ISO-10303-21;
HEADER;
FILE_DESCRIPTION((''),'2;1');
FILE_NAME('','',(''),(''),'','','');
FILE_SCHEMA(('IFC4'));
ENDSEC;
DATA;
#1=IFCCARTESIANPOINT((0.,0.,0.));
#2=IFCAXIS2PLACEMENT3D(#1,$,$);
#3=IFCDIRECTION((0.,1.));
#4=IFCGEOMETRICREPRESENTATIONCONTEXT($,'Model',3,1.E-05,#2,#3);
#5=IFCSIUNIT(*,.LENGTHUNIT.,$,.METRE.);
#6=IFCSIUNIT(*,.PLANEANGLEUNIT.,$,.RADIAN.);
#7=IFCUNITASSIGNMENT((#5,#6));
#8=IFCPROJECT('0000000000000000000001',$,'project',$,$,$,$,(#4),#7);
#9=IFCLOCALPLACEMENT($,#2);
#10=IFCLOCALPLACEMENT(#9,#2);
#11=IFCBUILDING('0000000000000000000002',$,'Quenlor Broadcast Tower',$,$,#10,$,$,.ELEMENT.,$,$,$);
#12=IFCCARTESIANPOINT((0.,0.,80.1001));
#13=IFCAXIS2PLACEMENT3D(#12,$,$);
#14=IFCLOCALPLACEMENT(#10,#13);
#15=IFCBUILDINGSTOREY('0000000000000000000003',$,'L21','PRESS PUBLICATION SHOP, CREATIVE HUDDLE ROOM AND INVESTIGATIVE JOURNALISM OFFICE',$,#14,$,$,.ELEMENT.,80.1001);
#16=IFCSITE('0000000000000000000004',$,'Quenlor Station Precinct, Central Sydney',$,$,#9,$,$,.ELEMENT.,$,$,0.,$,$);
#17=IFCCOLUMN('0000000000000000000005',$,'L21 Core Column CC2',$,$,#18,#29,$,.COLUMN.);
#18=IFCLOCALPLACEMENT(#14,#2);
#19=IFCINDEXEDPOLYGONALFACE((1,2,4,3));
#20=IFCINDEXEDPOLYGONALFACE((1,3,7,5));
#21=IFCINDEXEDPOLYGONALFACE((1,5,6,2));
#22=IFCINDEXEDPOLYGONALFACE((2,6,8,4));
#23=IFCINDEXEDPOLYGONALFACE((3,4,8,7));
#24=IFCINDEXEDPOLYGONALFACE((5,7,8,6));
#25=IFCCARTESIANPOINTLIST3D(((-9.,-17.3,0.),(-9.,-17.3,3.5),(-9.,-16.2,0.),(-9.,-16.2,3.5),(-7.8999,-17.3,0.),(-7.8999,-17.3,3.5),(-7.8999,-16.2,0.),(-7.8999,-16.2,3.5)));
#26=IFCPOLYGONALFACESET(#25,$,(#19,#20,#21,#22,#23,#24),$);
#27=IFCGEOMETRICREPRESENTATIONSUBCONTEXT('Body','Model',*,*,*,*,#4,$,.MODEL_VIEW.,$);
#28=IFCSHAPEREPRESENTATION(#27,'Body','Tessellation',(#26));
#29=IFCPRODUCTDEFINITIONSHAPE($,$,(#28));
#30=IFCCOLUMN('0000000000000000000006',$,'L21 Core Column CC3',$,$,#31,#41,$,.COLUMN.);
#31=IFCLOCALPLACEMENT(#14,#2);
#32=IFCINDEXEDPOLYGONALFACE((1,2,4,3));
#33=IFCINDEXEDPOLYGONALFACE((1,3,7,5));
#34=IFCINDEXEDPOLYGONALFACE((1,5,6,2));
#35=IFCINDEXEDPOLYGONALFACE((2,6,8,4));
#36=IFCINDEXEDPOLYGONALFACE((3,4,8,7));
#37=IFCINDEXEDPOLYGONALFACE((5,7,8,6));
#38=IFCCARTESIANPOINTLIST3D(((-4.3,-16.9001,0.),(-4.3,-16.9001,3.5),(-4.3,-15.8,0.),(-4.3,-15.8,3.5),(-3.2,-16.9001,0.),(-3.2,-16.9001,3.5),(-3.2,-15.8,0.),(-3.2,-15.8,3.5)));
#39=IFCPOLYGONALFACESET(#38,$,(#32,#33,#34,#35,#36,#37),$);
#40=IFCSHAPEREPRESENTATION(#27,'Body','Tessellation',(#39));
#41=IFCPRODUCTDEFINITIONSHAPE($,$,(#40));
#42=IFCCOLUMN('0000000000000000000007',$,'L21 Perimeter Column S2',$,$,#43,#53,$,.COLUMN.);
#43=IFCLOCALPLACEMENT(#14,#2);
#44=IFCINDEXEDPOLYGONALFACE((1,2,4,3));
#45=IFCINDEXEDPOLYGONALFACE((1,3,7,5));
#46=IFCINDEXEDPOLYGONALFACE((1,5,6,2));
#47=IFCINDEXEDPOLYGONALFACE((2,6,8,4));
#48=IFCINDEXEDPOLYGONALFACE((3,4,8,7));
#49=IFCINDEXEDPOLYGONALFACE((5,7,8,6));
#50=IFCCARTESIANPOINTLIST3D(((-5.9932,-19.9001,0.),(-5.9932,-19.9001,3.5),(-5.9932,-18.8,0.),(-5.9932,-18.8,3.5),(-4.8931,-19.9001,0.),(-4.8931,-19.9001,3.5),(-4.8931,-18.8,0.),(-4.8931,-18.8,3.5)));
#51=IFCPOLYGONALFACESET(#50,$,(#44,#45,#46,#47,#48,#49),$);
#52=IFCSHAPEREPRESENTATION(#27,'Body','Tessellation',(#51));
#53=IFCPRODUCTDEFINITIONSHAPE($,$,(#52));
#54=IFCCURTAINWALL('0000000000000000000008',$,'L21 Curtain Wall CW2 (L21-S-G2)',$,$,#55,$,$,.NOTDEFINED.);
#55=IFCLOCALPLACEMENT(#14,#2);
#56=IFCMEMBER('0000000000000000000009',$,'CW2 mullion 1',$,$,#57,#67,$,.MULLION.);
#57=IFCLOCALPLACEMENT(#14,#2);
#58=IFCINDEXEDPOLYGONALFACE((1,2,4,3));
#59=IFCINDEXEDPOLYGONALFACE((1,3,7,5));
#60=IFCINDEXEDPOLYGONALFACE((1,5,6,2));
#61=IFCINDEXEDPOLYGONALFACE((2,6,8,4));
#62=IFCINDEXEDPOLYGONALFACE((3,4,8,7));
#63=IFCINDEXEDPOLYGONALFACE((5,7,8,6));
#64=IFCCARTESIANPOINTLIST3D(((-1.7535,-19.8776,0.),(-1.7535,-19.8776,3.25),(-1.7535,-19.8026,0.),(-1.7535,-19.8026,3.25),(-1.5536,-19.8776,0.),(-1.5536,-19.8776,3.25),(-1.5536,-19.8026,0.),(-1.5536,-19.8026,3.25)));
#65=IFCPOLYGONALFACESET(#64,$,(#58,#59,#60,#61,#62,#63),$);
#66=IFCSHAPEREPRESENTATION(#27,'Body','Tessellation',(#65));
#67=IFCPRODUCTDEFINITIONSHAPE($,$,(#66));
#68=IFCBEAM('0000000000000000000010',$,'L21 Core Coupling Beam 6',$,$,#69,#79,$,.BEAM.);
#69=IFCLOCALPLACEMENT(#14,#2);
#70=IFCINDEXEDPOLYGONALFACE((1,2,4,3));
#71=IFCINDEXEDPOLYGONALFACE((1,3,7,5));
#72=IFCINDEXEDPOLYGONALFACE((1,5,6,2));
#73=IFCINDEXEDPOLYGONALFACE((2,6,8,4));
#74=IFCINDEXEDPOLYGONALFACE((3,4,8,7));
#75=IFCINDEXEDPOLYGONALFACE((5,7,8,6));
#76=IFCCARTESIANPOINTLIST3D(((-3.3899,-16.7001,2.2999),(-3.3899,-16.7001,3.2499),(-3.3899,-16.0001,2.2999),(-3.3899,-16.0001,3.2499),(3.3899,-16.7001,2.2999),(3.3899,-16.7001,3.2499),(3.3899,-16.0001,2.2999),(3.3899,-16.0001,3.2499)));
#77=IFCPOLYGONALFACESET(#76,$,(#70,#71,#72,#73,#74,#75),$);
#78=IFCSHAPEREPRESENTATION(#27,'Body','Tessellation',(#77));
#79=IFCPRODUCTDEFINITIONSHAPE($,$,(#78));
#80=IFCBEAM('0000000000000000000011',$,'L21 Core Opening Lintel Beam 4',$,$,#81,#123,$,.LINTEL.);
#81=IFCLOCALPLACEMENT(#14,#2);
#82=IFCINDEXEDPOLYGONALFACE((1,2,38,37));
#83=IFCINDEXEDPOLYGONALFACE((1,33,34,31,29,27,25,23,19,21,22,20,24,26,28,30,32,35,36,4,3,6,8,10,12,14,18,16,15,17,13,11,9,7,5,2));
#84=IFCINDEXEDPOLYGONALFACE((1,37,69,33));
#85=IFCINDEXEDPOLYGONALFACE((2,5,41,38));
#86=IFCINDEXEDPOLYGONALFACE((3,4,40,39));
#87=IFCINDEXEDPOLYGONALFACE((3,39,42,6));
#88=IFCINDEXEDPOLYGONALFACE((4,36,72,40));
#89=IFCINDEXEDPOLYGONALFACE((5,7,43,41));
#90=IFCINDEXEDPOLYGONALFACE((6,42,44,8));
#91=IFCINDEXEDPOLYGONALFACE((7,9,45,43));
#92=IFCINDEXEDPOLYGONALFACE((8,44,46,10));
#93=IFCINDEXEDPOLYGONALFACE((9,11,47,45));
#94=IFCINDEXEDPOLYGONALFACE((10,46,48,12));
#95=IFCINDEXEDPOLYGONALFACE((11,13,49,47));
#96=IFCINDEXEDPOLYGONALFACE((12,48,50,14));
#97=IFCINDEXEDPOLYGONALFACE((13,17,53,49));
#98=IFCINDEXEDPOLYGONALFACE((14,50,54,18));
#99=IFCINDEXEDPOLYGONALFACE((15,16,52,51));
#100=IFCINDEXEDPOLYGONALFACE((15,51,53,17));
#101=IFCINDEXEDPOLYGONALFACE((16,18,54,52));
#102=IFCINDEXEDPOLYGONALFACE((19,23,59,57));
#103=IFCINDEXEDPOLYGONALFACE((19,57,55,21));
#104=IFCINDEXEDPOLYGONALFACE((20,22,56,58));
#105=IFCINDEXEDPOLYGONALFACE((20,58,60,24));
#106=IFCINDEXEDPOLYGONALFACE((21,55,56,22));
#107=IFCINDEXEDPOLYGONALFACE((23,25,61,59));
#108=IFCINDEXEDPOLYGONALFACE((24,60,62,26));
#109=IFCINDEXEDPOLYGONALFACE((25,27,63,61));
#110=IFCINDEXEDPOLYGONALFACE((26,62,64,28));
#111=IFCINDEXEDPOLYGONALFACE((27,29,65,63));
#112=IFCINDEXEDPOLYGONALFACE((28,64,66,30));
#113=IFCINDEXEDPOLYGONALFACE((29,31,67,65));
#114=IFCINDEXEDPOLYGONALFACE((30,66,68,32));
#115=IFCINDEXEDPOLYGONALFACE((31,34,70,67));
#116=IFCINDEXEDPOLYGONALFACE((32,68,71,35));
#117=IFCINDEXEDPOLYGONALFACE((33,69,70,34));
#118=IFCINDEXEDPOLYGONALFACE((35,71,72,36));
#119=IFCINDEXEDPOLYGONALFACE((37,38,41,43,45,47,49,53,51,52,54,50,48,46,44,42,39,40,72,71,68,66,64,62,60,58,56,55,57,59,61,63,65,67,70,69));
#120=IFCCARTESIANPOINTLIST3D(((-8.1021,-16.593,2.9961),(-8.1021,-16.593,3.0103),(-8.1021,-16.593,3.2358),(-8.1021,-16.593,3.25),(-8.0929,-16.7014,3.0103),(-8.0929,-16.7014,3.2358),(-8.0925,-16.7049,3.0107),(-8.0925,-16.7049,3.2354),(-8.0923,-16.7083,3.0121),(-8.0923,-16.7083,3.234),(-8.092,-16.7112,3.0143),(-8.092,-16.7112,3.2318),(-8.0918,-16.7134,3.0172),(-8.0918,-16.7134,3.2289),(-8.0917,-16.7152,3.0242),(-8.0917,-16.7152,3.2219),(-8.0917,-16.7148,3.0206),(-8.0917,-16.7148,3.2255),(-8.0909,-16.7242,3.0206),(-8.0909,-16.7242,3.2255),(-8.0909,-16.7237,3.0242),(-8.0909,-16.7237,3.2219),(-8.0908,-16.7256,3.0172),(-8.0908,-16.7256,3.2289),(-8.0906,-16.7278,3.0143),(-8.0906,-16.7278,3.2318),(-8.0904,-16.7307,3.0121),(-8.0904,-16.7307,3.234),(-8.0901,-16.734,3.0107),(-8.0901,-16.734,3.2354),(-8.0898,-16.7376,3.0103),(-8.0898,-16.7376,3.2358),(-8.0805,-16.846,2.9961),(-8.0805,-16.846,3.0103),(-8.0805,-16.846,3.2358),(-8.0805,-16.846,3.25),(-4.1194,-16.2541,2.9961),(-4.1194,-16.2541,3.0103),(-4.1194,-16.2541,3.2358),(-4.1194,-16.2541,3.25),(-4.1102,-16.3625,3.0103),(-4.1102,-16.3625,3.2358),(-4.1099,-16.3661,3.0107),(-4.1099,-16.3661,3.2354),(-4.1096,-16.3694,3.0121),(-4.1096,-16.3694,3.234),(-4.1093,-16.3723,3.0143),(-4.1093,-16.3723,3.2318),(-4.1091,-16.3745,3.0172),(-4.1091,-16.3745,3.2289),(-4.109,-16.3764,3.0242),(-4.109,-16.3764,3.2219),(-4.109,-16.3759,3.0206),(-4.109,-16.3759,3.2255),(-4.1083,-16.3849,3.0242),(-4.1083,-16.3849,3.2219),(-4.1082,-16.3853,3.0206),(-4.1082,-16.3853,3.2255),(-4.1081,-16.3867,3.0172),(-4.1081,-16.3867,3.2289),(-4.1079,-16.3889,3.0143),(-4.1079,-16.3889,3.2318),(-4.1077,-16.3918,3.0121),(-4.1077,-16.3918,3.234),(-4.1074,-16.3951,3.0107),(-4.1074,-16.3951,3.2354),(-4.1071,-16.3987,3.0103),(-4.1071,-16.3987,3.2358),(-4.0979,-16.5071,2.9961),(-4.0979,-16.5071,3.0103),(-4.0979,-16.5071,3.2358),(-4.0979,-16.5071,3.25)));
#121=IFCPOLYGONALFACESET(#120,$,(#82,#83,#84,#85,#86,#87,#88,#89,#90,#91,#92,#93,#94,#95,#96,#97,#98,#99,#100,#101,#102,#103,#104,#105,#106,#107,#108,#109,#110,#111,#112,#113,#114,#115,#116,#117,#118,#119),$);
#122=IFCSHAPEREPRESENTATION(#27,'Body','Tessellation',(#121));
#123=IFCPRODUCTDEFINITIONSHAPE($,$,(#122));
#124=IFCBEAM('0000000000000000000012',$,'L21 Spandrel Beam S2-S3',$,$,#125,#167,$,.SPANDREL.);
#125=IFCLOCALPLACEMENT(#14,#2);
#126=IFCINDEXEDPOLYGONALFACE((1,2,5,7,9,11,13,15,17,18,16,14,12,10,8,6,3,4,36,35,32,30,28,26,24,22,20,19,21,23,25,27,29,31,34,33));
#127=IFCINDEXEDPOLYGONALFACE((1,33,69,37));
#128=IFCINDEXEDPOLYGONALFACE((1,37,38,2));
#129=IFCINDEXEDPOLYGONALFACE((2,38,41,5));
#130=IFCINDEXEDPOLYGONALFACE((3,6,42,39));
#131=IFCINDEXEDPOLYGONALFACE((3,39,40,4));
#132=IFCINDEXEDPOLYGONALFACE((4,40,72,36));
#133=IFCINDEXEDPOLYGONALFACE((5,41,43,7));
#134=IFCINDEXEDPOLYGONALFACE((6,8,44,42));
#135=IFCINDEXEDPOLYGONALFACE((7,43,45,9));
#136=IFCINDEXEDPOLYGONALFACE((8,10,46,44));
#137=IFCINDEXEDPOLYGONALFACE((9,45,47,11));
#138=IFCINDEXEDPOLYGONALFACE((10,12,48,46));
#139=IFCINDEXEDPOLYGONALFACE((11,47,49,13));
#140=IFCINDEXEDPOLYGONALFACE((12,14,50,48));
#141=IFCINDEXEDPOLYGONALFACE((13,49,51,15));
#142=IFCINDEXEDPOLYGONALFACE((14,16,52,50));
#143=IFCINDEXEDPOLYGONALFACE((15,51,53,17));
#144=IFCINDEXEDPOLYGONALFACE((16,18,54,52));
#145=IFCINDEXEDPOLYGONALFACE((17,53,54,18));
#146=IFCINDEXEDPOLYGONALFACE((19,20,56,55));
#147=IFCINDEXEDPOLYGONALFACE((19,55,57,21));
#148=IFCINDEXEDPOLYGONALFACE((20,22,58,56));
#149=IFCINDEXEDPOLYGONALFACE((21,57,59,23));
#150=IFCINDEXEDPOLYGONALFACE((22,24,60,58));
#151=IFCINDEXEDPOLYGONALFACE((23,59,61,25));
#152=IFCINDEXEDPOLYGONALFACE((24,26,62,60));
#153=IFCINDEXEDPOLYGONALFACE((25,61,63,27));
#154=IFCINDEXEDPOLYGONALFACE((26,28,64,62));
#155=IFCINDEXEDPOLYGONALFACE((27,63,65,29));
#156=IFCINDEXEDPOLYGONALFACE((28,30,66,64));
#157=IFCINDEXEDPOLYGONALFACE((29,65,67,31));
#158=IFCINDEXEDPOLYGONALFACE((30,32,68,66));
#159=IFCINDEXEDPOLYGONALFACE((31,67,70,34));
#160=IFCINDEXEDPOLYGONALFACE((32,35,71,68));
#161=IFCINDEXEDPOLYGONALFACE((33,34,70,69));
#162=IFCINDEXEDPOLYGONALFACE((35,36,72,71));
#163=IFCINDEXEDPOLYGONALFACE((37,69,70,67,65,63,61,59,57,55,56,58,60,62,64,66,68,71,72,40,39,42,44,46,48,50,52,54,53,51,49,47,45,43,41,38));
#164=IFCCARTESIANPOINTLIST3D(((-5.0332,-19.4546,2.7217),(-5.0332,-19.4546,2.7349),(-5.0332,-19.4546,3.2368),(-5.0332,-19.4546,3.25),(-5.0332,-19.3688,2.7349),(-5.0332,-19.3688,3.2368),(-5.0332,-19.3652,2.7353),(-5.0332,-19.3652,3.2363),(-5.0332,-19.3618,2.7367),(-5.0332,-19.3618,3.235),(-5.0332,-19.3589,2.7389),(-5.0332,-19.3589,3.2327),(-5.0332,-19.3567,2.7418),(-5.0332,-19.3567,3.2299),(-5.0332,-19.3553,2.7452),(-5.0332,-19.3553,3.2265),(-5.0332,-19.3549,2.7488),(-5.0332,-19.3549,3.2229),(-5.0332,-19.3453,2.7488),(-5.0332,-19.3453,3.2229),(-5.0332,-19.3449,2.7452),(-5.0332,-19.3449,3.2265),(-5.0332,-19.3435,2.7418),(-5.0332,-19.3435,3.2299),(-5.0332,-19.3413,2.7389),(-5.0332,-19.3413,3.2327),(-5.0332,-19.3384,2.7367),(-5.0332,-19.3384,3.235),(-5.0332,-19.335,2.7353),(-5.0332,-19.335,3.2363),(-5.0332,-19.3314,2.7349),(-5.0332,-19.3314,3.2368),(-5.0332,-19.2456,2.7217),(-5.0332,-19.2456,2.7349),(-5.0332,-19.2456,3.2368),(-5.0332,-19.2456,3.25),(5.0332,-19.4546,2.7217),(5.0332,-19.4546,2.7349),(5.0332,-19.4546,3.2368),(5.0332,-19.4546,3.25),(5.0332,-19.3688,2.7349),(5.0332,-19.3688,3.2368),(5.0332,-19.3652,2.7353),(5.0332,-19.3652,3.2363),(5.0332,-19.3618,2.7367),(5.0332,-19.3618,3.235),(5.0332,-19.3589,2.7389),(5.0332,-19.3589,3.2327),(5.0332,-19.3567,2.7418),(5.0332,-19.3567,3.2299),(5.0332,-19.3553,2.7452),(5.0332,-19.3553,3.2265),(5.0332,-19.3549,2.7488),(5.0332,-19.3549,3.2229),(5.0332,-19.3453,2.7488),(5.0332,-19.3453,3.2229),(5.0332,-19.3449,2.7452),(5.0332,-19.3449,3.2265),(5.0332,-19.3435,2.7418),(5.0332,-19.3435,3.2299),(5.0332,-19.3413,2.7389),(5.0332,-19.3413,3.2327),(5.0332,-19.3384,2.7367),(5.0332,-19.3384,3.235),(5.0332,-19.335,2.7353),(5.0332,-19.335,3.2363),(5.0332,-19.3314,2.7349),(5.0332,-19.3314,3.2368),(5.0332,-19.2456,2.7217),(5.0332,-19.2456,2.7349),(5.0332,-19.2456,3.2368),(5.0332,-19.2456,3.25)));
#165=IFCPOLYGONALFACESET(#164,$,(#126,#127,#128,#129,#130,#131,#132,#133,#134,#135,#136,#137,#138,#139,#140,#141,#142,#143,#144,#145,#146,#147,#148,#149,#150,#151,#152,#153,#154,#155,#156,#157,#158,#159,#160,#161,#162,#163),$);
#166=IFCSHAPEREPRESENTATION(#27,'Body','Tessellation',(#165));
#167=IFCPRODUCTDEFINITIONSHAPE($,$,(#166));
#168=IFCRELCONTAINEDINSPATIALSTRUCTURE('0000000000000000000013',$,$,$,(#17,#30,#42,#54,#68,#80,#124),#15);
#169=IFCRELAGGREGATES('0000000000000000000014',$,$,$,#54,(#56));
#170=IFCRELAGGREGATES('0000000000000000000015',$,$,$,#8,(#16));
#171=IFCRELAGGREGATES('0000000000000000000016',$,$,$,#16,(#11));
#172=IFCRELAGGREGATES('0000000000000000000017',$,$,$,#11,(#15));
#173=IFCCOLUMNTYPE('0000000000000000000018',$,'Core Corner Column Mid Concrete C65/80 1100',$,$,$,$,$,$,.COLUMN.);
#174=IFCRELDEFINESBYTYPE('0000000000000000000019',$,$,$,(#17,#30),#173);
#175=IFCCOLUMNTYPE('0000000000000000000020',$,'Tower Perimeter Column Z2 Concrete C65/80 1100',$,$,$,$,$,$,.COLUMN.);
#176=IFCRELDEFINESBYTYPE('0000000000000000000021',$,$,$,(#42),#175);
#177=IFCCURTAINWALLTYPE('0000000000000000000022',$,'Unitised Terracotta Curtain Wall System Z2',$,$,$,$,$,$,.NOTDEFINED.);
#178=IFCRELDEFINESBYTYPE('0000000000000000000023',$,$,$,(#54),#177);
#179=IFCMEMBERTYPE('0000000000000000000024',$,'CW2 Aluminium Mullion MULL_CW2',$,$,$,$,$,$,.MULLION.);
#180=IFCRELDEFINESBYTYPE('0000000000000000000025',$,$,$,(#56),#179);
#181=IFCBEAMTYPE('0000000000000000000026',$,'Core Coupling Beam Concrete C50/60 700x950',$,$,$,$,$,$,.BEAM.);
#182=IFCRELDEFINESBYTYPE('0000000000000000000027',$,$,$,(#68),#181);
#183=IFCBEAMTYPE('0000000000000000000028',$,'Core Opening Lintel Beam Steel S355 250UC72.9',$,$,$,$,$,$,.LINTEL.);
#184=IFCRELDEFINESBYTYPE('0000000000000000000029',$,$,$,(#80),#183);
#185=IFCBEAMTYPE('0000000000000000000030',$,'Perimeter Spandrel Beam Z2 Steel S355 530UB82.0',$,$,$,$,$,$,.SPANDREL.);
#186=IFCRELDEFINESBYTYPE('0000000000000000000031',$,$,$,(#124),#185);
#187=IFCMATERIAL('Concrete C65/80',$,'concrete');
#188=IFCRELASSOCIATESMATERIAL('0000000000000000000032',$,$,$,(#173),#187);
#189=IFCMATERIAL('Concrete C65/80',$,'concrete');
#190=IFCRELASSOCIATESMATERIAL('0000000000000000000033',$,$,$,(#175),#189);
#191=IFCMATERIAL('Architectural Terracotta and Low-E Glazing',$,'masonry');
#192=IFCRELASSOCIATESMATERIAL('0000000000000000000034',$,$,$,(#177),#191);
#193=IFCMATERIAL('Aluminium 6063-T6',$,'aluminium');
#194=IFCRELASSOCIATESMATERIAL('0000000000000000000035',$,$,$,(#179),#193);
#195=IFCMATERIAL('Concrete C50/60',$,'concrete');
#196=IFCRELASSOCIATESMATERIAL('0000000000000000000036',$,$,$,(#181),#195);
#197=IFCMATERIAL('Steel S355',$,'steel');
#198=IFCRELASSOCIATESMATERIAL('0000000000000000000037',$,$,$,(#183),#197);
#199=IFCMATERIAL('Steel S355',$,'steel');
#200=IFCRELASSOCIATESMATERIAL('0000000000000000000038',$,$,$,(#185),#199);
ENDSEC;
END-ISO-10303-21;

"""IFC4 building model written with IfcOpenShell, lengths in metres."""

from ifc_helpers import new_model, si_unit, direction, frame, origin, origin_2d, place, context, subcontext, project, spatial, rectangle, i_section, extrude, material, material_profile, profile_set, type_object, element, aggregate, save


model = new_model("IFC4")

# Units and contexts
model_context = context("Model", 3, precision=1e-05, world=origin(), true_north=direction((0.0, 1.0)))
body_context = subcontext(model_context, "Body", "Model", "MODEL_VIEW")
ifc_project = project(units=[si_unit("LENGTHUNIT", "METRE"), si_unit("PLANEANGLEUNIT", "RADIAN")], contexts=[model_context])

# Site, building, storey
site_placement = place(None, origin())
site = spatial("IfcSite", under=ifc_project, at=site_placement, Name="Quenlor Station Precinct, Central Sydney", CompositionType="ELEMENT", RefElevation=0.0)
building_placement = place(site_placement, origin())
building = spatial("IfcBuilding", under=site, at=building_placement, Name="Quenlor Broadcast Tower", CompositionType="ELEMENT")
storey_placement = place(building_placement, frame((0.0, 0.0, 80.1001)))
storey = spatial("IfcBuildingStorey", under=building, at=storey_placement, Name="L21", Description="PRESS PUBLICATION SHOP, CREATIVE HUDDLE ROOM AND INVESTIGATIVE JOURNALISM OFFICE", CompositionType="ELEMENT", Elevation=80.1001)

# Columns
ifc_material_1 = material(Name="Concrete C65/80", Category="concrete")
ifc_material_profile_1 = material_profile(ifc_material_1, rectangle(XDim=1.1001, YDim=1.1001, at=origin_2d()))
ifc_profile_set_1 = profile_set([ifc_material_profile_1], Name="Concrete C65/80 RC1100x1100")
column_type_1 = type_object("IfcColumnType", Name="Core Corner Column Mid Concrete C65/80 1100", PredefinedType="COLUMN", material=ifc_profile_set_1)
for number, where, z_axis, x_axis, name in (
    (1, (-8.45, -16.75, 0.0), (0.0, 0.0, 1.0), (1.0, 0.0, 0.0), "L21 Core Column CC2"),
    (2, (-3.75, -16.3501, 0.0), (0.0, 0.0, 1.0), (1.0, 0.0, 0.0), "L21 Core Column CC3"),
):
    element("IfcColumn", number, at=place(storey_placement, frame(where, z_axis=z_axis, x_axis=x_axis)), inside=storey, type_object=column_type_1, Name=name, PredefinedType="COLUMN", context=body_context, shape_type="SweptSolid", body=[
        extrude(rectangle(XDim=1.1001, YDim=1.1001, at=origin_2d()), origin(), (0.0, 0.0, 1.0), 3.5),
    ])
ifc_material_2 = material(Name="Concrete C65/80", Category="concrete")
ifc_material_profile_2 = material_profile(ifc_material_2, rectangle(XDim=1.1001, YDim=1.1001, at=origin_2d()))
ifc_profile_set_2 = profile_set([ifc_material_profile_2], Name="Concrete C65/80 RC1100x1100")
column_type_2 = type_object("IfcColumnType", Name="Tower Perimeter Column Z2 Concrete C65/80 1100", PredefinedType="COLUMN", material=ifc_profile_set_2)
column_placement = place(storey_placement, frame((-5.4431, -19.3501, 0.0), z_axis=(0.0, 0.0, 1.0), x_axis=(0.0, 1.0, 0.0)))
element("IfcColumn", 3, at=column_placement, inside=storey, type_object=column_type_2, Name="L21 Perimeter Column S2", PredefinedType="COLUMN", context=body_context, shape_type="SweptSolid", body=[
    extrude(rectangle(XDim=1.1001, YDim=1.1001, at=origin_2d()), origin(), (0.0, 0.0, 1.0), 3.5),
])

# Curtain wall, member
ifc_material_3 = material(Name="Architectural Terracotta and Low-E Glazing", Category="masonry")
curtain_wall_type = type_object("IfcCurtainWallType", Name="Unitised Terracotta Curtain Wall System Z2", PredefinedType="NOTDEFINED", material=ifc_material_3)
curtain_wall_placement = place(storey_placement, origin())
curtain_wall = element("IfcCurtainWall", 4, at=curtain_wall_placement, inside=storey, type_object=curtain_wall_type, Name="L21 Curtain Wall CW2 (L21-S-G2)", PredefinedType="NOTDEFINED")
ifc_material_4 = material(Name="Aluminium 6063-T6", Category="aluminium")
ifc_material_profile_3 = material_profile(ifc_material_4, rectangle(XDim=0.075, YDim=0.2, at=origin_2d()))
ifc_profile_set_3 = profile_set([ifc_material_profile_3], Name="Aluminium 6063-T6 MULL75x200")
member_type = type_object("IfcMemberType", Name="CW2 Aluminium Mullion MULL_CW2", PredefinedType="MULLION", material=ifc_profile_set_3)
member_placement = place(storey_placement, frame((-1.6536, -19.8401, 0.0), z_axis=(0.0, 0.0, 1.0), x_axis=(0.0, -1.0, 0.0)))
member = element("IfcMember", 5, at=member_placement, type_object=member_type, Name="CW2 mullion 1", PredefinedType="MULLION", context=body_context, shape_type="SweptSolid", body=[
    extrude(rectangle(XDim=0.075, YDim=0.2, at=origin_2d()), origin(), (0.0, 0.0, 1.0), 3.25),
])
aggregate(curtain_wall, [member])

# Beams
ifc_material_5 = material(Name="Concrete C50/60", Category="concrete")
ifc_material_profile_4 = material_profile(ifc_material_5, rectangle(XDim=0.7, YDim=0.95, at=origin_2d()))
ifc_profile_set_4 = profile_set([ifc_material_profile_4], Name="Concrete C50/60 RCB700x950")
beam_type_1 = type_object("IfcBeamType", Name="Core Coupling Beam Concrete C50/60 700x950", PredefinedType="BEAM", material=ifc_profile_set_4)
beam_1_placement = place(storey_placement, frame((-3.3899, -16.3501, 2.7749), z_axis=(1.0, 0.0, 0.0), x_axis=(0.0, 1.0, 0.0)))
element("IfcBeam", 6, at=beam_1_placement, inside=storey, type_object=beam_type_1, Name="L21 Core Coupling Beam 6", PredefinedType="BEAM", context=body_context, shape_type="SweptSolid", body=[
    extrude(rectangle(XDim=0.7, YDim=0.95, at=origin_2d()), origin(), (0.0, 0.0, 1.0), 6.7798),
])
ifc_material_6 = material(Name="Steel S355", Category="steel")
ifc_material_profile_5 = material_profile(ifc_material_6, i_section(OverallWidth=0.2539, OverallDepth=0.2539, WebThickness=0.0085, FlangeThickness=0.0142, FilletRadius=0.0139, at=origin_2d()))
ifc_profile_set_5 = profile_set([ifc_material_profile_5], Name="Steel S355 250UC72.9")
beam_type_2 = type_object("IfcBeamType", Name="Core Opening Lintel Beam Steel S355 250UC72.9", PredefinedType="LINTEL", material=ifc_profile_set_5)
beam_2_placement = place(storey_placement, frame((-8.0913, -16.7195, 3.123), z_axis=(0.9964, 0.084779, 0.0), x_axis=(-0.084779, 0.9964, 0.0)))
element("IfcBeam", 7, at=beam_2_placement, inside=storey, type_object=beam_type_2, Name="L21 Core Opening Lintel Beam 4", PredefinedType="LINTEL", context=body_context, shape_type="SweptSolid", body=[
    extrude(i_section(OverallWidth=0.2539, OverallDepth=0.2539, WebThickness=0.0085, FlangeThickness=0.0142, FilletRadius=0.0139, at=origin_2d()), origin(), (0.0, 0.0, 1.0), 3.9971),
])
ifc_material_7 = material(Name="Steel S355", Category="steel")
ifc_material_profile_6 = material_profile(ifc_material_7, i_section(OverallWidth=0.209, OverallDepth=0.5283, WebThickness=0.0095, FlangeThickness=0.0132, FilletRadius=0.0139, at=origin_2d()))
ifc_profile_set_6 = profile_set([ifc_material_profile_6], Name="Steel S355 530UB82.0")
beam_type_3 = type_object("IfcBeamType", Name="Perimeter Spandrel Beam Z2 Steel S355 530UB82.0", PredefinedType="SPANDREL", material=ifc_profile_set_6)
beam_3_placement = place(storey_placement, frame((-5.0332, -19.3501, 2.9858), z_axis=(1.0, 0.0, 0.0), x_axis=(0.0, 1.0, 0.0)))
element("IfcBeam", 8, at=beam_3_placement, inside=storey, type_object=beam_type_3, Name="L21 Spandrel Beam S2-S3", PredefinedType="SPANDREL", context=body_context, shape_type="SweptSolid", body=[
    extrude(i_section(OverallWidth=0.209, OverallDepth=0.5283, WebThickness=0.0095, FlangeThickness=0.0132, FilletRadius=0.0139, at=origin_2d()), origin(), (0.0, 0.0, 1.0), 10.0664),
])

save(model, "model.ifc")
